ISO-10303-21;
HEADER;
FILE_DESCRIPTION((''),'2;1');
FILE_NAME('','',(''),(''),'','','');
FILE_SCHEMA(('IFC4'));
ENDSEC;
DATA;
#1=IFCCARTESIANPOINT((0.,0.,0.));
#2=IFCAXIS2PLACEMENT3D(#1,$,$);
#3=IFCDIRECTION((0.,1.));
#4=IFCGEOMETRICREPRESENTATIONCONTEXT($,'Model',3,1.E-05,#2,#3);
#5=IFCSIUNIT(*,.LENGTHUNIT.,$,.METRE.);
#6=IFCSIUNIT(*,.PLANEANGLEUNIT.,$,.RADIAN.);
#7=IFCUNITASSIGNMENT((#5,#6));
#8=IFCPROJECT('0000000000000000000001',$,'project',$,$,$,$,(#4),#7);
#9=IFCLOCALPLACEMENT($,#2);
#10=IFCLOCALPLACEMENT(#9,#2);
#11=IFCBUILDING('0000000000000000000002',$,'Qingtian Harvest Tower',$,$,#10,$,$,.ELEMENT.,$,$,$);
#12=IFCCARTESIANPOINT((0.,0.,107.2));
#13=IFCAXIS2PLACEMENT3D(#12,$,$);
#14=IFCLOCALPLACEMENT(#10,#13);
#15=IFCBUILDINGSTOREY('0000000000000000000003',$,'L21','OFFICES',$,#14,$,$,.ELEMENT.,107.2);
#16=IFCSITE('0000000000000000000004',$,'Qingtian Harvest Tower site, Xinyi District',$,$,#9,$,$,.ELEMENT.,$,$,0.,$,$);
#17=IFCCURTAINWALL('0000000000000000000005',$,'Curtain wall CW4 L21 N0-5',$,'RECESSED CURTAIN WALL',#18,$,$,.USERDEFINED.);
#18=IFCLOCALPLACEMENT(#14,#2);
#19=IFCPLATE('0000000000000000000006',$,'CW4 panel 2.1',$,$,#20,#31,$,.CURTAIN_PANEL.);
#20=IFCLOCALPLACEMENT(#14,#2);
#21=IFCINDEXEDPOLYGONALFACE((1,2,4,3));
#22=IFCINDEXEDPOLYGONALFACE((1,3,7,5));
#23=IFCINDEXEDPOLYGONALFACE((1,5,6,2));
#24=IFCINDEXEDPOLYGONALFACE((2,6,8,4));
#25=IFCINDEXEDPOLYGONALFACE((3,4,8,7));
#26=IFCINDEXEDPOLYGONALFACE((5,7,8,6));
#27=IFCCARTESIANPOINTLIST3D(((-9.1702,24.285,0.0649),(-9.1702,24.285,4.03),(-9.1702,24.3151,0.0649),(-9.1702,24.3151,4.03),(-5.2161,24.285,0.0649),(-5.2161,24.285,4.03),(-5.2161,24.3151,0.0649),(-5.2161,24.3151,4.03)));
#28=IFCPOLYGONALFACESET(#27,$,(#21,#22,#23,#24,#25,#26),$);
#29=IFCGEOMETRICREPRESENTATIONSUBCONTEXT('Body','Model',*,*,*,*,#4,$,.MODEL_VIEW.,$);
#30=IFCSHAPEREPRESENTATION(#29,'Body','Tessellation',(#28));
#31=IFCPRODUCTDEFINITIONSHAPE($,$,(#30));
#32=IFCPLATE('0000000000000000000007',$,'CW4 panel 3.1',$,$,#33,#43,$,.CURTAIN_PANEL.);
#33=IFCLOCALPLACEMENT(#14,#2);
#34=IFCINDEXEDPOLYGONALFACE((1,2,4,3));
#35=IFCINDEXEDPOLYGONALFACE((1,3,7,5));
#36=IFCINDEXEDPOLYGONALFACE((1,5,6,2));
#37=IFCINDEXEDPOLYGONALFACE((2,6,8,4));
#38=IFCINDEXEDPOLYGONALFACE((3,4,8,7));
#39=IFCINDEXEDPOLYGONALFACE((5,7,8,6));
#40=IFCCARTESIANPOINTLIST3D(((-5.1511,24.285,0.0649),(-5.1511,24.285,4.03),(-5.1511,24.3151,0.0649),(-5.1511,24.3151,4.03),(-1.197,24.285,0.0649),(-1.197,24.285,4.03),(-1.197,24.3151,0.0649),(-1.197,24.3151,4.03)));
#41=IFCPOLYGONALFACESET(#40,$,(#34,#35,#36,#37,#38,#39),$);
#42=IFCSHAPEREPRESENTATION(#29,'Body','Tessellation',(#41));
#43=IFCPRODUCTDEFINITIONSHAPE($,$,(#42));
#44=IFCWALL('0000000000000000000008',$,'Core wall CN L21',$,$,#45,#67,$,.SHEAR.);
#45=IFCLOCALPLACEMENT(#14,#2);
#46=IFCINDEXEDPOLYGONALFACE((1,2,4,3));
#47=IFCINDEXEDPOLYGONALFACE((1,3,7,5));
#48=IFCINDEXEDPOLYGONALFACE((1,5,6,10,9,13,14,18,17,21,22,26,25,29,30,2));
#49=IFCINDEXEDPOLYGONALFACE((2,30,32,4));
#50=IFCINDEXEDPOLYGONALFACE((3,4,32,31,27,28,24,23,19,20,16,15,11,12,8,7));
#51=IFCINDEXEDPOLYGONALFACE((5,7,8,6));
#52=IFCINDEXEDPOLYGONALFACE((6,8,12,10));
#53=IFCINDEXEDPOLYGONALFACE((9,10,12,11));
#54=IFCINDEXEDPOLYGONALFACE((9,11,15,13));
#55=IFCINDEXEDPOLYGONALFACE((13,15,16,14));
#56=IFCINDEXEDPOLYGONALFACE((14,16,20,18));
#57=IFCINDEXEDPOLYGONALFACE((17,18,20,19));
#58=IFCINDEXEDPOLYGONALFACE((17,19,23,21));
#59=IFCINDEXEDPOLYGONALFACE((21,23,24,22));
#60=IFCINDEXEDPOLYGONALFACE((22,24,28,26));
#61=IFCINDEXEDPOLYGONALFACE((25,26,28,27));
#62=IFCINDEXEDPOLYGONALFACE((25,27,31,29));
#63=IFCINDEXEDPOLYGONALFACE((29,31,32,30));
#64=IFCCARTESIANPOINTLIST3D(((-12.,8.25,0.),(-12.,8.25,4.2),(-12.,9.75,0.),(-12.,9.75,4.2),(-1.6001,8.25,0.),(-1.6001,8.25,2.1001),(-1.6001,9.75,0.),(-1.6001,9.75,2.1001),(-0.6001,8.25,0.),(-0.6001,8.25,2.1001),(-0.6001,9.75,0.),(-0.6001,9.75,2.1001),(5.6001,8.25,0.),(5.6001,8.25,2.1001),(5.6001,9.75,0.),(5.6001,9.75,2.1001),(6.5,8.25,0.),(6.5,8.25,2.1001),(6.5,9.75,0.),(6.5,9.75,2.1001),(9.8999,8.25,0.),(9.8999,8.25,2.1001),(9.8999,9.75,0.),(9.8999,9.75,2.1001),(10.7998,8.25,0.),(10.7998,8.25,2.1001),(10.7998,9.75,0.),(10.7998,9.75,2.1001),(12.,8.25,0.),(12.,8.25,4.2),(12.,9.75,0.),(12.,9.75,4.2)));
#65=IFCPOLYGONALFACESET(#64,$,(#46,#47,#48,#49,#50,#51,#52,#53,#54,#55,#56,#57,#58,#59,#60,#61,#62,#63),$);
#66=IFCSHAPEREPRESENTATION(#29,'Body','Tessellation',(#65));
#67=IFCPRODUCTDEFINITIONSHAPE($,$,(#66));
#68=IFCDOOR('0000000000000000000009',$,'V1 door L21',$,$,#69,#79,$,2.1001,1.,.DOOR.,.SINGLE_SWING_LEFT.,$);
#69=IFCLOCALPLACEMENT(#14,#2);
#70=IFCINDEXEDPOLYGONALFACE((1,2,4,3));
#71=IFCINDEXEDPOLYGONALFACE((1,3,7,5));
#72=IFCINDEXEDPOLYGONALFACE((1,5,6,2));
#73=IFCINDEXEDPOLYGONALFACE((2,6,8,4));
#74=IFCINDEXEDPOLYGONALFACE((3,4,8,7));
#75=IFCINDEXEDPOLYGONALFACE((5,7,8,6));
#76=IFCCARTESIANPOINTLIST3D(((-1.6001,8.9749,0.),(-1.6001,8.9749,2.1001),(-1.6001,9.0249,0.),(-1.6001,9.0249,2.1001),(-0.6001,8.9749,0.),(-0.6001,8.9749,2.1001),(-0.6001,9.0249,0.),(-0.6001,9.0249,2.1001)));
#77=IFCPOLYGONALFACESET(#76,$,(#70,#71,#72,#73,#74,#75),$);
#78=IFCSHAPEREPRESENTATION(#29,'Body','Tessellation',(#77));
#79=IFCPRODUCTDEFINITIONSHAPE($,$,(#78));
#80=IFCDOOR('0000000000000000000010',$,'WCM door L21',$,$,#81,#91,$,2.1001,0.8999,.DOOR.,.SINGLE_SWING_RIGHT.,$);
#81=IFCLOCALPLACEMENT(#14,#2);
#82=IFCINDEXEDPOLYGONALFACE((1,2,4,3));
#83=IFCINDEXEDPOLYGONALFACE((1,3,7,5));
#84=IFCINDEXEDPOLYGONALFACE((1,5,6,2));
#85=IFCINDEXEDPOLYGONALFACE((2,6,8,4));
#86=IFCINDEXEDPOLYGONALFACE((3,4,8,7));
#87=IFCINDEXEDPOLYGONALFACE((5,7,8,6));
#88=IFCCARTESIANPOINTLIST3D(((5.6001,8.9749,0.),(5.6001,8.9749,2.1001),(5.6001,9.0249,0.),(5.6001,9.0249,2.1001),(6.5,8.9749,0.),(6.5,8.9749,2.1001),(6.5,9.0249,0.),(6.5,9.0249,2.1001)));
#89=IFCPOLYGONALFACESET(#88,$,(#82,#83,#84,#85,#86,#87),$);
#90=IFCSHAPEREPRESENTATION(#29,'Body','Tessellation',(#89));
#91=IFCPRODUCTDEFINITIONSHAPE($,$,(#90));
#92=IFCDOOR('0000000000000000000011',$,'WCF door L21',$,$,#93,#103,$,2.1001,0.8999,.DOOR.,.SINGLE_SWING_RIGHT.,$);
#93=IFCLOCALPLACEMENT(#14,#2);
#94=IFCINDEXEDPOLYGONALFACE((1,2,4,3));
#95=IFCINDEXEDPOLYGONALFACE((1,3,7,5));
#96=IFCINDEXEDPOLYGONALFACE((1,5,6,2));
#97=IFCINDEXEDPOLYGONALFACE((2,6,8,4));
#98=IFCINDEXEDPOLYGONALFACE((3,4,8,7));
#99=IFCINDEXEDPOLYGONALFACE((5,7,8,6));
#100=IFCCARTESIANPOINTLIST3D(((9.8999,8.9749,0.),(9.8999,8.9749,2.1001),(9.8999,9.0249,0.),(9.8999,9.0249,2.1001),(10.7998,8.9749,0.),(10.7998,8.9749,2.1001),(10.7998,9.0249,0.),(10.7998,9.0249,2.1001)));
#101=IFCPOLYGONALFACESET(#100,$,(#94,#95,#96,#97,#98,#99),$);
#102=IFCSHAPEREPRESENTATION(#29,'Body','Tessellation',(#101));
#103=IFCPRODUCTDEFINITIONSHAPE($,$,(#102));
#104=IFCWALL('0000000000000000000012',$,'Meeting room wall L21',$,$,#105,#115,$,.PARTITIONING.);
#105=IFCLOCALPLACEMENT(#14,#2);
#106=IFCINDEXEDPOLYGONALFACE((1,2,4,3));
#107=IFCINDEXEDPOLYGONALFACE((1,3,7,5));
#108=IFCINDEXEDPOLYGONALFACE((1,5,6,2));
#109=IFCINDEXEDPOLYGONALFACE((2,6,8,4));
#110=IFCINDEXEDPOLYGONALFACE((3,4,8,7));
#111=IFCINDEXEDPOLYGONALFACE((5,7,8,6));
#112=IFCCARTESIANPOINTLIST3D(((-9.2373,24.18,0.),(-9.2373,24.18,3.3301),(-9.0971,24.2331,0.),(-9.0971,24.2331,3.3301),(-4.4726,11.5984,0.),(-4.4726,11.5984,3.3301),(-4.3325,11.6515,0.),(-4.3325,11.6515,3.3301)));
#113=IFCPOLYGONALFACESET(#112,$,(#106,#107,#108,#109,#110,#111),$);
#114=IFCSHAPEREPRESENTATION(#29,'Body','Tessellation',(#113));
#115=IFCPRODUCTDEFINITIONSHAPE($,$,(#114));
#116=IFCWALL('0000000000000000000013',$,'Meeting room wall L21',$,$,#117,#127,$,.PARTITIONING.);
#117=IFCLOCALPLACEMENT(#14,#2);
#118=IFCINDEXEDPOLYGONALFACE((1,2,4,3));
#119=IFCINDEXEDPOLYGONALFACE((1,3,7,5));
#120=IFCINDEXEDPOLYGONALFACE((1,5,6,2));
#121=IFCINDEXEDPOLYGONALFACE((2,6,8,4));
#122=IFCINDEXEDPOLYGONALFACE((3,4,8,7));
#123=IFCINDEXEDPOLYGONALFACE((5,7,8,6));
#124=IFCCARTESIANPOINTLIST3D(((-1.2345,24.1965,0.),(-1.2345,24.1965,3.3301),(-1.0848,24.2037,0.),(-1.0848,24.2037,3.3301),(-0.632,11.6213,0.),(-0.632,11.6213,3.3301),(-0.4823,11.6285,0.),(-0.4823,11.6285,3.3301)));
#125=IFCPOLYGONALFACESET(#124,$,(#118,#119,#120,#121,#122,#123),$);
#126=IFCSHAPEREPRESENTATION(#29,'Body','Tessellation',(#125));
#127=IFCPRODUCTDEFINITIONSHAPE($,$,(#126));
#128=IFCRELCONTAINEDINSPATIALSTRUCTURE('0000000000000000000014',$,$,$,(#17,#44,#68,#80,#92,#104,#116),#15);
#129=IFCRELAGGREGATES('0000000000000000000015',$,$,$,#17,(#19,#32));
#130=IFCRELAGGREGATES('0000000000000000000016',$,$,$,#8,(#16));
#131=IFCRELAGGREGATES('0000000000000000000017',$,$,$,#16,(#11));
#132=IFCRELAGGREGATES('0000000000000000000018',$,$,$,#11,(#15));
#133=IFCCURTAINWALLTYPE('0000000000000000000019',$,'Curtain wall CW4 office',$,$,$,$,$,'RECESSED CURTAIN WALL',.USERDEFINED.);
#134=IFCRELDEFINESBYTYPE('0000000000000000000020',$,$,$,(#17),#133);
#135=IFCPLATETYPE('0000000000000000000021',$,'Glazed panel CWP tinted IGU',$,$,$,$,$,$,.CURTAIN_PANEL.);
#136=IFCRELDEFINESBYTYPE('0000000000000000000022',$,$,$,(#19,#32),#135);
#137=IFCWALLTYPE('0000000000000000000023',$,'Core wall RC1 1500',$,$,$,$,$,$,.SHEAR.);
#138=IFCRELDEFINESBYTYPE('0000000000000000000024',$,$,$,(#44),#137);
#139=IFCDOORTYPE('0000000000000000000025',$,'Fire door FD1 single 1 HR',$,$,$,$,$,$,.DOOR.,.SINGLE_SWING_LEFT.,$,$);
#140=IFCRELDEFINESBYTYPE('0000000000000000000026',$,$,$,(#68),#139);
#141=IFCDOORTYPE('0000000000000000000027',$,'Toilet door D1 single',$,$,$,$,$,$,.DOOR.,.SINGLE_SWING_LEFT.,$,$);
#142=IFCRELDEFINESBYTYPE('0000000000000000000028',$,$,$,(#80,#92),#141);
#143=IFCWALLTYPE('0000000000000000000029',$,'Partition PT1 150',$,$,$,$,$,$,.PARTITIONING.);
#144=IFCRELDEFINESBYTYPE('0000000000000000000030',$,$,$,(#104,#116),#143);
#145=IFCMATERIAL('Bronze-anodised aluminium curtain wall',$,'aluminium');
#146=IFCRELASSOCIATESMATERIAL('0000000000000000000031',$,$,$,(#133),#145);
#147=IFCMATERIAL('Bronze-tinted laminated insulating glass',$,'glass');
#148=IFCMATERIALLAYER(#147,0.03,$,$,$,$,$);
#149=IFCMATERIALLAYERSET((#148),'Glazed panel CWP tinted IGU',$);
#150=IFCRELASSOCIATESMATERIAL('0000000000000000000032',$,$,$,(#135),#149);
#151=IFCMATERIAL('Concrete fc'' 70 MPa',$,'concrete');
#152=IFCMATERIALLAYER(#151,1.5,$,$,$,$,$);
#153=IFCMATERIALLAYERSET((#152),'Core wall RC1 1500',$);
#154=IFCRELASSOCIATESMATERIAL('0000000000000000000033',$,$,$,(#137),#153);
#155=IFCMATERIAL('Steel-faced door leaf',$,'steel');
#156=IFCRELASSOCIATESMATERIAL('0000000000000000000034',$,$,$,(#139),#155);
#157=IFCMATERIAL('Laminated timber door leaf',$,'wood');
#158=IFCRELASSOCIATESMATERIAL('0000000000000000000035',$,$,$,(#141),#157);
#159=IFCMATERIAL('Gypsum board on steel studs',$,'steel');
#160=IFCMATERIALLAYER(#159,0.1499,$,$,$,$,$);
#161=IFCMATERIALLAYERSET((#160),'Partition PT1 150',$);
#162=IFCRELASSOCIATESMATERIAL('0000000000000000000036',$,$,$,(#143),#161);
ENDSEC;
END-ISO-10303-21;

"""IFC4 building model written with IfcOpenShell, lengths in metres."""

from ifc_helpers import new_model, si_unit, direction, frame, frame_2d, origin, origin_2d, place, context, subcontext, project, spatial, rectangle, extrude, material, layer, layer_set, type_object, element, fill, aggregate, save


model = new_model("IFC4")

# Units and contexts
model_context = context("Model", 3, precision=1e-05, world=origin(), true_north=direction((0.0, 1.0)))
body_context = subcontext(model_context, "Body", "Model", "MODEL_VIEW")
ifc_project = project(units=[si_unit("LENGTHUNIT", "METRE"), si_unit("PLANEANGLEUNIT", "RADIAN")], contexts=[model_context])

# Site, building, storey
site_placement = place(None, origin())
site = spatial("IfcSite", under=ifc_project, at=site_placement, Name="Qingtian Harvest Tower site, Xinyi District", CompositionType="ELEMENT", RefElevation=0.0)
building_placement = place(site_placement, origin())
building = spatial("IfcBuilding", under=site, at=building_placement, Name="Qingtian Harvest Tower", CompositionType="ELEMENT")
storey_placement = place(building_placement, frame((0.0, 0.0, 107.2)))
storey = spatial("IfcBuildingStorey", under=building, at=storey_placement, Name="L21", Description="OFFICES", CompositionType="ELEMENT", Elevation=107.2)

# Curtain wall
ifc_material_1 = material(Name="Bronze-anodised aluminium curtain wall", Category="aluminium")
curtain_wall_type = type_object("IfcCurtainWallType", Name="Curtain wall CW4 office", ElementType="RECESSED CURTAIN WALL", PredefinedType="USERDEFINED", material=ifc_material_1)
curtain_wall_placement = place(storey_placement, origin())
curtain_wall = element("IfcCurtainWall", 1, at=curtain_wall_placement, inside=storey, type_object=curtain_wall_type, Name="Curtain wall CW4 L21 N0-5", ObjectType="RECESSED CURTAIN WALL", PredefinedType="USERDEFINED")

# Plates
ifc_material_2 = material(Name="Bronze-tinted laminated insulating glass", Category="glass")
ifc_layer_1 = layer(ifc_material_2, 0.03)
ifc_layer_set_1 = layer_set([ifc_layer_1], Name="Glazed panel CWP tinted IGU")
plate_type = type_object("IfcPlateType", Name="Glazed panel CWP tinted IGU", PredefinedType="CURTAIN_PANEL", material=ifc_layer_set_1)
plate_1_placement = place(storey_placement, frame((-7.1931, 24.3, 0.0649), z_axis=(0.0, 0.0, 1.0), x_axis=(1.0, 0.0, 0.0)))
plate_1 = element("IfcPlate", 2, at=plate_1_placement, type_object=plate_type, Name="CW4 panel 2.1", PredefinedType="CURTAIN_PANEL", context=body_context, shape_type="SweptSolid", body=[
    extrude(rectangle(XDim=3.9541, YDim=0.03, at=origin_2d()), origin(), (0.0, 0.0, 1.0), 3.9651),
])
plate_2_placement = place(storey_placement, frame((-3.1741, 24.3, 0.0649), z_axis=(0.0, 0.0, 1.0), x_axis=(1.0, 0.0, 0.0)))
plate_2 = element("IfcPlate", 3, at=plate_2_placement, type_object=plate_type, Name="CW4 panel 3.1", PredefinedType="CURTAIN_PANEL", context=body_context, shape_type="SweptSolid", body=[
    extrude(rectangle(XDim=3.9541, YDim=0.03, at=origin_2d()), origin(), (0.0, 0.0, 1.0), 3.9651),
])
aggregate(curtain_wall, [plate_1, plate_2])

# Wall, openings, doors
ifc_material_3 = material(Name="Concrete fc' 70 MPa", Category="concrete")
ifc_layer_2 = layer(ifc_material_3, 1.5)
ifc_layer_set_2 = layer_set([ifc_layer_2], Name="Core wall RC1 1500")
wall_type_1 = type_object("IfcWallType", Name="Core wall RC1 1500", PredefinedType="SHEAR", material=ifc_layer_set_2)
wall_1_placement = place(storey_placement, frame((-12.0, 9.0, 0.0), z_axis=(0.0, 0.0, 1.0), x_axis=(1.0, 0.0, 0.0)))
wall_1 = element("IfcWall", 4, at=wall_1_placement, inside=storey, type_object=wall_type_1, Name="Core wall CN L21", PredefinedType="SHEAR", context=body_context, shape_type="SweptSolid", body=[
    extrude(rectangle(XDim=24.0, YDim=1.5, at=frame_2d((12.0, 0.0))), origin(), (0.0, 0.0, 1.0), 4.2),
])
opening_1_placement = place(wall_1_placement, frame((10.3999, 0.0, 0.0)))
opening_1 = element("IfcOpeningElement", 5, at=opening_1_placement, cuts=wall_1, PredefinedType="OPENING", context=body_context, shape_type="SweptSolid", body=[
    extrude(rectangle(XDim=1.0, YDim=2.1001, at=frame_2d((0.5, 1.05))), frame((0.0, 0.76, 0.0), z_axis=(0.0, -1.0, 0.0), x_axis=(1.0, 0.0, 0.0)), (0.0, 0.0, 1.0), 1.52),
])
opening_2_placement = place(wall_1_placement, frame((17.6001, 0.0, 0.0)))
opening_2 = element("IfcOpeningElement", 6, at=opening_2_placement, cuts=wall_1, PredefinedType="OPENING", context=body_context, shape_type="SweptSolid", body=[
    extrude(rectangle(XDim=0.8999, YDim=2.1001, at=frame_2d((0.45, 1.05))), frame((0.0, 0.76, 0.0), z_axis=(0.0, -1.0, 0.0), x_axis=(1.0, 0.0, 0.0)), (0.0, 0.0, 1.0), 1.52),
])
opening_3_placement = place(wall_1_placement, frame((21.8999, 0.0, 0.0)))
opening_3 = element("IfcOpeningElement", 7, at=opening_3_placement, cuts=wall_1, PredefinedType="OPENING", context=body_context, shape_type="SweptSolid", body=[
    extrude(rectangle(XDim=0.8999, YDim=2.1001, at=frame_2d((0.45, 1.05))), frame((0.0, 0.76, 0.0), z_axis=(0.0, -1.0, 0.0), x_axis=(1.0, 0.0, 0.0)), (0.0, 0.0, 1.0), 1.52),
])
ifc_material_4 = material(Name="Steel-faced door leaf", Category="steel")
door_type_1 = type_object("IfcDoorType", Name="Fire door FD1 single 1 HR", OperationType="SINGLE_SWING_LEFT", PredefinedType="DOOR", material=ifc_material_4)
door_1_placement = place(opening_1_placement, origin())
door_1 = element("IfcDoor", 8, at=door_1_placement, inside=storey, type_object=door_type_1, Name="V1 door L21", OperationType="SINGLE_SWING_LEFT", OverallHeight=2.1001, OverallWidth=1.0, PredefinedType="DOOR", context=body_context, shape_type="SweptSolid", body=[
    extrude(rectangle(XDim=1.0, YDim=2.1001, at=frame_2d((0.5, 1.05))), frame((0.0, 0.0249, 0.0), z_axis=(0.0, -1.0, 0.0), x_axis=(1.0, 0.0, 0.0)), (0.0, 0.0, 1.0), 0.05),
])
fill(opening_1, door_1)
ifc_material_5 = material(Name="Laminated timber door leaf", Category="wood")
door_type_2 = type_object("IfcDoorType", Name="Toilet door D1 single", OperationType="SINGLE_SWING_LEFT", PredefinedType="DOOR", material=ifc_material_5)
door_2_placement = place(opening_2_placement, origin())
door_2 = element("IfcDoor", 9, at=door_2_placement, inside=storey, type_object=door_type_2, Name="WCM door L21", OperationType="SINGLE_SWING_RIGHT", OverallHeight=2.1001, OverallWidth=0.8999, PredefinedType="DOOR", context=body_context, shape_type="SweptSolid", body=[
    extrude(rectangle(XDim=0.8999, YDim=2.1001, at=frame_2d((0.45, 1.05))), frame((0.0, 0.0249, 0.0), z_axis=(0.0, -1.0, 0.0), x_axis=(1.0, 0.0, 0.0)), (0.0, 0.0, 1.0), 0.05),
])
fill(opening_2, door_2)
door_3_placement = place(opening_3_placement, origin())
door_3 = element("IfcDoor", 10, at=door_3_placement, inside=storey, type_object=door_type_2, Name="WCF door L21", OperationType="SINGLE_SWING_RIGHT", OverallHeight=2.1001, OverallWidth=0.8999, PredefinedType="DOOR", context=body_context, shape_type="SweptSolid", body=[
    extrude(rectangle(XDim=0.8999, YDim=2.1001, at=frame_2d((0.45, 1.05))), frame((0.0, 0.0249, 0.0), z_axis=(0.0, -1.0, 0.0), x_axis=(1.0, 0.0, 0.0)), (0.0, 0.0, 1.0), 0.05),
])
fill(opening_3, door_3)

# Wall
ifc_material_6 = material(Name="Gypsum board on steel studs", Category="steel")
ifc_layer_3 = layer(ifc_material_6, 0.1499)
ifc_layer_set_3 = layer_set([ifc_layer_3], Name="Partition PT1 150")
wall_type_2 = type_object("IfcWallType", Name="Partition PT1 150", PredefinedType="PARTITIONING", material=ifc_layer_set_3)
wall_2_placement = place(storey_placement, frame((-9.1672, 24.2065, 0.0), z_axis=(0.0, 0.0, 1.0), x_axis=(0.354156, -0.935186, 0.0)))
element("IfcWall", 11, at=wall_2_placement, inside=storey, type_object=wall_type_2, Name="Meeting room wall L21", PredefinedType="PARTITIONING", context=body_context, shape_type="SweptSolid", body=[
    extrude(rectangle(XDim=13.4536, YDim=0.1499, at=frame_2d((6.7268, 0.0))), origin(), (0.0, 0.0, 1.0), 3.3301),
])

# Wall
wall_3_placement = place(storey_placement, frame((-1.1597, 24.2002, 0.0), z_axis=(0.0, 0.0, 1.0), x_axis=(0.04786, -0.998854, 0.0)))
element("IfcWall", 12, at=wall_3_placement, inside=storey, type_object=wall_type_2, Name="Meeting room wall L21", PredefinedType="PARTITIONING", context=body_context, shape_type="SweptSolid", body=[
    extrude(rectangle(XDim=12.5896, YDim=0.1499, at=frame_2d((6.2949, 0.0))), origin(), (0.0, 0.0, 1.0), 3.3301),
])

save(model, "model.ifc")
